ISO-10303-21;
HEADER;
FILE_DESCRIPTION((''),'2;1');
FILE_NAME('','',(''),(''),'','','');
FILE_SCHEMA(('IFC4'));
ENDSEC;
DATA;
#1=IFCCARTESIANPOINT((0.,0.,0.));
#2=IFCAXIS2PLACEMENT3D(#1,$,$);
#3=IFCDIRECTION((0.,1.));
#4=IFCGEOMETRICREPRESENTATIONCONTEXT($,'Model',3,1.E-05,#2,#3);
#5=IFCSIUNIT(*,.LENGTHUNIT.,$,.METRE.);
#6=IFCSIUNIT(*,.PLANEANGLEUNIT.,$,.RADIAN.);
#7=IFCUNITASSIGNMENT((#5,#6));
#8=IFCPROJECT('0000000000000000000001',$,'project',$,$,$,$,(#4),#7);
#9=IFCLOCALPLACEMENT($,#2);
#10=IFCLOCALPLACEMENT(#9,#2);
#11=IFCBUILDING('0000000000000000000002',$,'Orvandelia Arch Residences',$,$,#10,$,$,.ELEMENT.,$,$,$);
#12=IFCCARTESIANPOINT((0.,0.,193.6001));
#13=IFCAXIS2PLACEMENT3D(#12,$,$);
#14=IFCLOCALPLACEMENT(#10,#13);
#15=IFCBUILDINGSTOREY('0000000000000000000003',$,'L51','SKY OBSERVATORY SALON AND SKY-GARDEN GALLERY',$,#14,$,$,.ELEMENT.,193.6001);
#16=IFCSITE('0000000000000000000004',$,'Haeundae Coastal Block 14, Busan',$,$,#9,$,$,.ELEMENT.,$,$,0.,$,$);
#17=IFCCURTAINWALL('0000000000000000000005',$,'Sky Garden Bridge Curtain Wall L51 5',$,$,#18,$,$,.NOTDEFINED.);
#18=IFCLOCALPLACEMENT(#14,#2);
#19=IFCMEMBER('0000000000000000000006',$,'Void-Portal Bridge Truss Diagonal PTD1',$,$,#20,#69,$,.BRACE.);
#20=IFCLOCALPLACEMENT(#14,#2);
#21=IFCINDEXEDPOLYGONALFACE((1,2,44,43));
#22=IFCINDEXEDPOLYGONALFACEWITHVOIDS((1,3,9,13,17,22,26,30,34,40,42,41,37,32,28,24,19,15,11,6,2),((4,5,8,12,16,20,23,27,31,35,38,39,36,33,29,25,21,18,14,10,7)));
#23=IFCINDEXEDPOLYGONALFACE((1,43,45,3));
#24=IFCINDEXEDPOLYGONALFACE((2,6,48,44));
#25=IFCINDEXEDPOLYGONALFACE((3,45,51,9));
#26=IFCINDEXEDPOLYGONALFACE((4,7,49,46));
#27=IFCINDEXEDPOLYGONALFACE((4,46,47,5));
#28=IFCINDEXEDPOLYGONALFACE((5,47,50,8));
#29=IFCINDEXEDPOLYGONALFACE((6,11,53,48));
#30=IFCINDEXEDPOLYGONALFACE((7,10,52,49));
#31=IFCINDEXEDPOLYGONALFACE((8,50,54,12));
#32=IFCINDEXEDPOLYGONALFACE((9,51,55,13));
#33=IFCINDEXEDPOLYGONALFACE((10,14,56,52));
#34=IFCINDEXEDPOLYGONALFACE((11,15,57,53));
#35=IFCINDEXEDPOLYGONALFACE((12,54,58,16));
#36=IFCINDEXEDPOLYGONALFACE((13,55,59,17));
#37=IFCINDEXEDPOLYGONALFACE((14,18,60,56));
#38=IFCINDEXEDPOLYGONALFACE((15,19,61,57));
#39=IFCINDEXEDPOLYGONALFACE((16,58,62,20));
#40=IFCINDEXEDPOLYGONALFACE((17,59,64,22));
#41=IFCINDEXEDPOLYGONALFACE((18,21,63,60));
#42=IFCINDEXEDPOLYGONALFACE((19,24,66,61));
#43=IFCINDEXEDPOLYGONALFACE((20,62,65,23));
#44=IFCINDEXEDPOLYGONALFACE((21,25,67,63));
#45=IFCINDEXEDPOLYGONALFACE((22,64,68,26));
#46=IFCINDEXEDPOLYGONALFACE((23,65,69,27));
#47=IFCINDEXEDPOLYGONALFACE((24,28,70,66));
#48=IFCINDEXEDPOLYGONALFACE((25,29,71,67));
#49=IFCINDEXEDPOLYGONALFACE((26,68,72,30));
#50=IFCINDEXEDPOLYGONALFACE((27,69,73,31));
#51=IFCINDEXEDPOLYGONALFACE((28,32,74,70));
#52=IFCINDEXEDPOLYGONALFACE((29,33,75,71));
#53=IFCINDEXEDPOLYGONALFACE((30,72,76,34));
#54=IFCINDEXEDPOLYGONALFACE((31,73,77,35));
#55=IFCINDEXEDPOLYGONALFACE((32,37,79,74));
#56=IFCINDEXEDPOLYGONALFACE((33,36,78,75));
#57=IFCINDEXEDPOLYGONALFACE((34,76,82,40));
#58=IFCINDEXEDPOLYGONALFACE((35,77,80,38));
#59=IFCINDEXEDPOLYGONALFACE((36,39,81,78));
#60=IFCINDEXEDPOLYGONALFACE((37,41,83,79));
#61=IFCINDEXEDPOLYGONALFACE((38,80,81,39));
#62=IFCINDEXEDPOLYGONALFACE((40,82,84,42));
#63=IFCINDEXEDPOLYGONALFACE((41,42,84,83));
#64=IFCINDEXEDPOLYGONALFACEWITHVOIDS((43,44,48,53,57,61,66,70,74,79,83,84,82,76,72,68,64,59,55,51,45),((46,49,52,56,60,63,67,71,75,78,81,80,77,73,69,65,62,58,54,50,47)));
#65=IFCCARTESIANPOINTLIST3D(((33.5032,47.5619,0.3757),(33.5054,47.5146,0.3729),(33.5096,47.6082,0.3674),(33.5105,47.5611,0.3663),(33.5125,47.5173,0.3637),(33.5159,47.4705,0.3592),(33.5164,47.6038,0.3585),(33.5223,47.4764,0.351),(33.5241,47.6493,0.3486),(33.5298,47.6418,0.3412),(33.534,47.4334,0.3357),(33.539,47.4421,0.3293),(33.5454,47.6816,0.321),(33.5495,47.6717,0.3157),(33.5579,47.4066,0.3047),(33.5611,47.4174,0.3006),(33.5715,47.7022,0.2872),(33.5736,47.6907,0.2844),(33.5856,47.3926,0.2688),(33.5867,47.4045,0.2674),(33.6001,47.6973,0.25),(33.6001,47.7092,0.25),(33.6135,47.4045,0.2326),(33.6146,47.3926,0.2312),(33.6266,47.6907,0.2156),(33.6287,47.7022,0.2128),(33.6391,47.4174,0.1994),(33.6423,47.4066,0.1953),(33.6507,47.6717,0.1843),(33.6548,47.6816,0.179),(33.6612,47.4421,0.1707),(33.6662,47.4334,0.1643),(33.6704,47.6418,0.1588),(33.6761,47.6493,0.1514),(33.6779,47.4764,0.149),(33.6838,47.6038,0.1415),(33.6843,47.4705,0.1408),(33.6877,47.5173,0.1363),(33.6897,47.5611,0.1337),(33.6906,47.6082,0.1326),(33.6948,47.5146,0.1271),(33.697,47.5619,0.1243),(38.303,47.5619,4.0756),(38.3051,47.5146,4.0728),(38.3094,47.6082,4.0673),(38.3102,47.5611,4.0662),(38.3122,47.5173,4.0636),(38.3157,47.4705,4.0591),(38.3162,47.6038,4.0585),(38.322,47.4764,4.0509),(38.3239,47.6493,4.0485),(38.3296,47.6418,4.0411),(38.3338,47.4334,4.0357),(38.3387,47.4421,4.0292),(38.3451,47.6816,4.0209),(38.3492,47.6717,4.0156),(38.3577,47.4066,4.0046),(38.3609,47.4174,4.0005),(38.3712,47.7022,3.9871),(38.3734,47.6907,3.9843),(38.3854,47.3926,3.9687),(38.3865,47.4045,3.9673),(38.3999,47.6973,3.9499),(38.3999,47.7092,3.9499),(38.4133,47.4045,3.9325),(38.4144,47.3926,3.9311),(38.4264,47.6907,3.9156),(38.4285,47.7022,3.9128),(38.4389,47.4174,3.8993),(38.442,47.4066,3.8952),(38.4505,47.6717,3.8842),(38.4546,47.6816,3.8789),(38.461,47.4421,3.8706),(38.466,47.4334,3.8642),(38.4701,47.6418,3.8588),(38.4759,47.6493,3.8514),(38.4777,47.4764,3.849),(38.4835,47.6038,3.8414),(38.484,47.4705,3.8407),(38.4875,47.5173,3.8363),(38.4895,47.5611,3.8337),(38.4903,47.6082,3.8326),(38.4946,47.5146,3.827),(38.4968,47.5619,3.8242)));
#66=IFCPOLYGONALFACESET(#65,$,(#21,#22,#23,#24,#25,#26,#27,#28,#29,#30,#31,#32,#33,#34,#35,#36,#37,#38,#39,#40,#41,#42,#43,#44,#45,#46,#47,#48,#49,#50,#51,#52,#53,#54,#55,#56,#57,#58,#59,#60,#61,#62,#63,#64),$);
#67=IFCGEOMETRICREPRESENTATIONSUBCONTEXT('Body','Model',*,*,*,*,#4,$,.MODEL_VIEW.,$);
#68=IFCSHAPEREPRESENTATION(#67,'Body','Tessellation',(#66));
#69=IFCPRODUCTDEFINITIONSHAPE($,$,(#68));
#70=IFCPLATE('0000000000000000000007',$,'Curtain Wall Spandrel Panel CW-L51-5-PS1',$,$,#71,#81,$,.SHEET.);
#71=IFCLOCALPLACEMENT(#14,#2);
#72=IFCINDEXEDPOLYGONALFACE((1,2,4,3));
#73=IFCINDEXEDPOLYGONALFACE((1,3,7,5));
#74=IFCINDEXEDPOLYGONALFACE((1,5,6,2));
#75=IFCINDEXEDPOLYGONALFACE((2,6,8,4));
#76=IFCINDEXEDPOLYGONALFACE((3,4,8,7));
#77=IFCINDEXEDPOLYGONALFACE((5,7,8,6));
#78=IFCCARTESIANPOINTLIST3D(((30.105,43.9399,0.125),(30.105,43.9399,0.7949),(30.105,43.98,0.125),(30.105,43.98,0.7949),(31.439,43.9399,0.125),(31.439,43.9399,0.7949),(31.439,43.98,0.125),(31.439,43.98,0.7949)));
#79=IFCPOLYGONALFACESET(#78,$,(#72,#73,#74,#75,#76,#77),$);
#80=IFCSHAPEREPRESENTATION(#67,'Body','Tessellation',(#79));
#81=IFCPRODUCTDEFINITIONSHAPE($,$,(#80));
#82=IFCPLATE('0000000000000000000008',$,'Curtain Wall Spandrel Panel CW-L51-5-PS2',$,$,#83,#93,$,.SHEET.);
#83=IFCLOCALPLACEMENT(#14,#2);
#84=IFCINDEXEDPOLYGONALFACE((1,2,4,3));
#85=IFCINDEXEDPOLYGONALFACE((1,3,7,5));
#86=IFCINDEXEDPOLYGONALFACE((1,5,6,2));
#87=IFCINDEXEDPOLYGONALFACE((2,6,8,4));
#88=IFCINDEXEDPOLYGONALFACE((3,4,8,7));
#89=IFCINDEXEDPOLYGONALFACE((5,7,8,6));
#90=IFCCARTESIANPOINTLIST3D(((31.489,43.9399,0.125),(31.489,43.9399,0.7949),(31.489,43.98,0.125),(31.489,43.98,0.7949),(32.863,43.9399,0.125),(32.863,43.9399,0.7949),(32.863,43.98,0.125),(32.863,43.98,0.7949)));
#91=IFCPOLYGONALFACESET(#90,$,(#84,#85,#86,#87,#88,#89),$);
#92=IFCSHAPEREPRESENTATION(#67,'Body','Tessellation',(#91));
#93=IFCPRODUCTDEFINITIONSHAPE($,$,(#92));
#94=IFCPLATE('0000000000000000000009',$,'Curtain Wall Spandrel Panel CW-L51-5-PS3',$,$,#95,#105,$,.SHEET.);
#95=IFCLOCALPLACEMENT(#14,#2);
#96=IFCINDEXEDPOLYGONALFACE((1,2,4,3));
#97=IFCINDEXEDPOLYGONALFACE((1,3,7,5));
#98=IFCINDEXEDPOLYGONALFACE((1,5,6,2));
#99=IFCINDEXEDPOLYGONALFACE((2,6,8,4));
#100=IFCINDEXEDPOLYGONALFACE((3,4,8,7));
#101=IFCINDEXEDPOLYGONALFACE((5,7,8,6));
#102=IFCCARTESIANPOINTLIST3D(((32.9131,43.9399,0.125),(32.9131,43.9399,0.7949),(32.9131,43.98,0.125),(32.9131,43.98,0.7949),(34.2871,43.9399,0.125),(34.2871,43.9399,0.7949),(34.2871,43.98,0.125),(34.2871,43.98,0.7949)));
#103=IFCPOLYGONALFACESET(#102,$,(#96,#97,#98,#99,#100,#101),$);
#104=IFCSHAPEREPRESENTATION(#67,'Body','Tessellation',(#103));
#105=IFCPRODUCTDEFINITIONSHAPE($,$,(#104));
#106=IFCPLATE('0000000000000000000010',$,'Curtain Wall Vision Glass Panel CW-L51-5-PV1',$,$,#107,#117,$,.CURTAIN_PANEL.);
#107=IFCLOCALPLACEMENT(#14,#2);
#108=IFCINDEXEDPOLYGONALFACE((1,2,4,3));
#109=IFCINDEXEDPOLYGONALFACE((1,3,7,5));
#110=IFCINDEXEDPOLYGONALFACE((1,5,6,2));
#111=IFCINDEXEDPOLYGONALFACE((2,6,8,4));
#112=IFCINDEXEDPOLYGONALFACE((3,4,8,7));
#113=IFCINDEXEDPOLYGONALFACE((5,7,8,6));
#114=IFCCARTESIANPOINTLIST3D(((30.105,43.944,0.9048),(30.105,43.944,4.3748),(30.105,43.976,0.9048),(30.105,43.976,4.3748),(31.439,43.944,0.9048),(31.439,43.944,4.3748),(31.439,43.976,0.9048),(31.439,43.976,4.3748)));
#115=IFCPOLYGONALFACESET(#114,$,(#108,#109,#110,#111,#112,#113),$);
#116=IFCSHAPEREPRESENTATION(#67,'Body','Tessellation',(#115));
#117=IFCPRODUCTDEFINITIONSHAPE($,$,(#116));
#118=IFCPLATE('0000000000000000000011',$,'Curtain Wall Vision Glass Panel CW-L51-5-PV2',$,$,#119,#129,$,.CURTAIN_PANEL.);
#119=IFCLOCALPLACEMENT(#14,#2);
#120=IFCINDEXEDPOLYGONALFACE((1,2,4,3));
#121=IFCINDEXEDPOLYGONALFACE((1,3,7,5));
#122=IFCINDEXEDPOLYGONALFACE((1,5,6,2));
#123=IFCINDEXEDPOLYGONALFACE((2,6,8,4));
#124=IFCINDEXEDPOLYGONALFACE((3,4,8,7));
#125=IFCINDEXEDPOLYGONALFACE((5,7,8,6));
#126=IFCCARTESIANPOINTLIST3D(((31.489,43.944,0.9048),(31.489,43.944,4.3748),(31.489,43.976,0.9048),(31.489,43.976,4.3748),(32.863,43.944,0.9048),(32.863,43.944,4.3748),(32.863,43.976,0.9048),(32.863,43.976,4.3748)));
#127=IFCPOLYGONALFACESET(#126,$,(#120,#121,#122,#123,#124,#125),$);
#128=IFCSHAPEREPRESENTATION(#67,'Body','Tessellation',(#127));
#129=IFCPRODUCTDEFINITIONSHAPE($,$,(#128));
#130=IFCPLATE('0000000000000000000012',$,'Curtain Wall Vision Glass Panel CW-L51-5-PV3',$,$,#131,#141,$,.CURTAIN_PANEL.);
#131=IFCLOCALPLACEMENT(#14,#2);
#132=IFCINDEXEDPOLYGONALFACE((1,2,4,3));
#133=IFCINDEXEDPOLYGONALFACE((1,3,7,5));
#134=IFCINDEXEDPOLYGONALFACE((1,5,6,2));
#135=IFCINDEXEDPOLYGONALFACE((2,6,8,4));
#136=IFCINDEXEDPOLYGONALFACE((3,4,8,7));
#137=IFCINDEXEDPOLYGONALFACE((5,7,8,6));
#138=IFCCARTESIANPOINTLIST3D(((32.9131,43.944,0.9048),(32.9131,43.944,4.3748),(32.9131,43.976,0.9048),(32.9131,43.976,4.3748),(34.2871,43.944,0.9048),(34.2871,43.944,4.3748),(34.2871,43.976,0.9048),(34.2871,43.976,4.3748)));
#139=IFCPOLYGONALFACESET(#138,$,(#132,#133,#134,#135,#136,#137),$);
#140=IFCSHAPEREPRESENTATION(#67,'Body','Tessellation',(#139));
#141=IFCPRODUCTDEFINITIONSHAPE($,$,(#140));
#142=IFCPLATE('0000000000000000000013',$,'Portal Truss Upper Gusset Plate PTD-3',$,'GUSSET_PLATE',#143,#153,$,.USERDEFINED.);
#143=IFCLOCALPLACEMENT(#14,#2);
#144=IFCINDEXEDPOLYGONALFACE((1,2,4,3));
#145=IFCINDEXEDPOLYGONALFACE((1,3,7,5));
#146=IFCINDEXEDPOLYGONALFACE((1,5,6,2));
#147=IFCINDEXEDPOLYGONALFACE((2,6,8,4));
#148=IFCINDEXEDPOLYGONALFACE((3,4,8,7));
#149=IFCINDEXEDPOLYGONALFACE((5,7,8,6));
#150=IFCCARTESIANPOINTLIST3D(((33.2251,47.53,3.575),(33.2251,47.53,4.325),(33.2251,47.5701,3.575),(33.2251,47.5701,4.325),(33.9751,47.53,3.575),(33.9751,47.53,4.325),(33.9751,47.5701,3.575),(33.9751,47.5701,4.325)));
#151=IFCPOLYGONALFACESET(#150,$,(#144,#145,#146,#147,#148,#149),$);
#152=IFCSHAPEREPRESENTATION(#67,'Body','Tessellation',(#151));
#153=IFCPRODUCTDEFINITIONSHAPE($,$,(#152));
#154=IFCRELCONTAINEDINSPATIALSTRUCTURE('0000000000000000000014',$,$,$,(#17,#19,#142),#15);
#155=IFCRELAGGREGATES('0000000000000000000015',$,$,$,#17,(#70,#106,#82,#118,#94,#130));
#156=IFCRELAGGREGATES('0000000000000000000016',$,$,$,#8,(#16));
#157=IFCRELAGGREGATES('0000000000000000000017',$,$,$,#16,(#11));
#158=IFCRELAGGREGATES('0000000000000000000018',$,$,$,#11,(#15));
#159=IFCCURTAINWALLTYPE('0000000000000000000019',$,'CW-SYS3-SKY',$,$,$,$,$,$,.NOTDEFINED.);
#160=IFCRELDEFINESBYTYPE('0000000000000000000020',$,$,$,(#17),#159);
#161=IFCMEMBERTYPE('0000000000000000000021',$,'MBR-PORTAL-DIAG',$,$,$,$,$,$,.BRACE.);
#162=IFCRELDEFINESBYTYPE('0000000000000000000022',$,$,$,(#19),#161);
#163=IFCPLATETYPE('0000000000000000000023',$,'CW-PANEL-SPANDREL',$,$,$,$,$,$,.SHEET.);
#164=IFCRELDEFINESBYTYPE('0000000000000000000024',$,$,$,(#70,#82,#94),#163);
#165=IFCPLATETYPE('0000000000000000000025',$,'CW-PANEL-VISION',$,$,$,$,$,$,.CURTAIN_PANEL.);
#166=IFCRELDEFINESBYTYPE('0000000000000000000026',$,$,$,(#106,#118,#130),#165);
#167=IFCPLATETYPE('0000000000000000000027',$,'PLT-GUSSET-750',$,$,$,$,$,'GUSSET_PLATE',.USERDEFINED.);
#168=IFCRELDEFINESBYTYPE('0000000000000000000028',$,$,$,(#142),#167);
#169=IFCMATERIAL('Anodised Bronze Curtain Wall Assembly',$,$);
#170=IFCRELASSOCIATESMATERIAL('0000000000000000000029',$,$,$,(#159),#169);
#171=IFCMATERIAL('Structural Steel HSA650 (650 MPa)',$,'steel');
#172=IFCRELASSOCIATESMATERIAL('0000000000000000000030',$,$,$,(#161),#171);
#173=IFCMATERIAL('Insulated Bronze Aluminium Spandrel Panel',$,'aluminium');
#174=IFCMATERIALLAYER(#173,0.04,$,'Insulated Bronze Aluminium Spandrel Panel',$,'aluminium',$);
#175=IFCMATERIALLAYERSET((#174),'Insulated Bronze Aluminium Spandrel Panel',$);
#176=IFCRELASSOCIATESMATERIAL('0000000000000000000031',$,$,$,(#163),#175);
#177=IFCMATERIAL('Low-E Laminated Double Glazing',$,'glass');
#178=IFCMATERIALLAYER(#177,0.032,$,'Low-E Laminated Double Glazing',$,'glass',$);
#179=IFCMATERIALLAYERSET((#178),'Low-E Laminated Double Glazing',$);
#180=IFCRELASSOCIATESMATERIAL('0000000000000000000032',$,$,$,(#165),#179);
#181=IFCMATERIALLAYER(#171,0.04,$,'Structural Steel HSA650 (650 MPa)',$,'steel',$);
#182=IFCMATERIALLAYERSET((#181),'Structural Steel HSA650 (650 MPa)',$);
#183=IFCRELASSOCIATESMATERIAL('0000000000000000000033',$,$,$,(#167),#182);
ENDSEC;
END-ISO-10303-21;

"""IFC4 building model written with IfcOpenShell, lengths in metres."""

from ifc_helpers import new_model, si_unit, direction, frame, origin, origin_2d, place, context, subcontext, project, spatial, rectangle, hollow_circle, extrude, material, layer, layer_set, material_profile, profile_set, type_object, element, aggregate, save


model = new_model("IFC4")

# Units and contexts
model_context = context("Model", 3, precision=1e-05, world=origin(), true_north=direction((0.0, 1.0)))
body_context = subcontext(model_context, "Body", "Model", "MODEL_VIEW")
ifc_project = project(units=[si_unit("LENGTHUNIT", "METRE"), si_unit("PLANEANGLEUNIT", "RADIAN")], contexts=[model_context])

# Site, building, storey
site_placement = place(None, origin())
site = spatial("IfcSite", under=ifc_project, at=site_placement, Name="Haeundae Coastal Block 14, Busan", CompositionType="ELEMENT", RefElevation=0.0)
building_placement = place(site_placement, origin())
building = spatial("IfcBuilding", under=site, at=building_placement, Name="Orvandelia Arch Residences", CompositionType="ELEMENT")
storey_placement = place(building_placement, frame((0.0, 0.0, 193.6001)))
storey = spatial("IfcBuildingStorey", under=building, at=storey_placement, Name="L51", Description="SKY OBSERVATORY SALON AND SKY-GARDEN GALLERY", CompositionType="ELEMENT", Elevation=193.6001)

# Curtain wall
ifc_material_1 = material(Name="Anodised Bronze Curtain Wall Assembly")
curtain_wall_type = type_object("IfcCurtainWallType", Name="CW-SYS3-SKY", PredefinedType="NOTDEFINED", material=ifc_material_1)
curtain_wall_placement = place(storey_placement, origin())
curtain_wall = element("IfcCurtainWall", 1, at=curtain_wall_placement, inside=storey, type_object=curtain_wall_type, Name="Sky Garden Bridge Curtain Wall L51 5", PredefinedType="NOTDEFINED")

# Member
ifc_material_2 = material(Name="Structural Steel HSA650 (650 MPa)", Category="steel")
ifc_material_profile_1 = material_profile(ifc_material_2, hollow_circle(Radius=0.1592, WallThickness=0.012, at=origin_2d()), Name="Structural Steel HSA650 (650 MPa)", Category="steel")
ifc_profile_set_1 = profile_set([ifc_material_profile_1], Name="Structural Steel HSA650 (650 MPa)")
member_type_1 = type_object("IfcMemberType", Name="MBR-PORTAL-DIAG", PredefinedType="BRACE", material=ifc_profile_set_1)
member_1_placement = place(storey_placement, frame((33.6001, 47.55, 0.25), z_axis=(0.792002, 0.0, 0.610518), x_axis=(0.0, 1.0, 0.0)))
element("IfcMember", 2, at=member_1_placement, inside=storey, type_object=member_type_1, Name="Void-Portal Bridge Truss Diagonal PTD1", PredefinedType="BRACE", context=body_context, shape_type="SweptSolid", body=[
    extrude(hollow_circle(Radius=0.1592, WallThickness=0.012, at=origin_2d()), origin(), (0.0, 0.0, 1.0), 6.0603),
])

# Plates
ifc_material_3 = material(Name="Insulated Bronze Aluminium Spandrel Panel", Category="aluminium")
ifc_layer_1 = layer(ifc_material_3, 0.04, Name="Insulated Bronze Aluminium Spandrel Panel", Category="aluminium")
ifc_layer_set_1 = layer_set([ifc_layer_1], Name="Insulated Bronze Aluminium Spandrel Panel")
plate_type_1 = type_object("IfcPlateType", Name="CW-PANEL-SPANDREL", PredefinedType="SHEET", material=ifc_layer_set_1)
plate_1_placement = place(storey_placement, frame((30.772, 43.96, 0.125), z_axis=(0.0, 0.0, 1.0), x_axis=(1.0, 0.0, 0.0)))
plate_1 = element("IfcPlate", 3, at=plate_1_placement, type_object=plate_type_1, Name="Curtain Wall Spandrel Panel CW-L51-5-PS1", PredefinedType="SHEET", context=body_context, shape_type="SweptSolid", body=[
    extrude(rectangle(XDim=1.334, YDim=0.04, at=origin_2d()), origin(), (0.0, 0.0, 1.0), 0.6699),
])
plate_2_placement = place(storey_placement, frame((32.176, 43.96, 0.125), z_axis=(0.0, 0.0, 1.0), x_axis=(1.0, 0.0, 0.0)))
plate_2 = element("IfcPlate", 4, at=plate_2_placement, type_object=plate_type_1, Name="Curtain Wall Spandrel Panel CW-L51-5-PS2", PredefinedType="SHEET", context=body_context, shape_type="SweptSolid", body=[
    extrude(rectangle(XDim=1.374, YDim=0.04, at=origin_2d()), origin(), (0.0, 0.0, 1.0), 0.6699),
])
plate_3_placement = place(storey_placement, frame((33.6001, 43.96, 0.125), z_axis=(0.0, 0.0, 1.0), x_axis=(1.0, 0.0, 0.0)))
plate_3 = element("IfcPlate", 5, at=plate_3_placement, type_object=plate_type_1, Name="Curtain Wall Spandrel Panel CW-L51-5-PS3", PredefinedType="SHEET", context=body_context, shape_type="SweptSolid", body=[
    extrude(rectangle(XDim=1.374, YDim=0.04, at=origin_2d()), origin(), (0.0, 0.0, 1.0), 0.6699),
])
ifc_material_4 = material(Name="Low-E Laminated Double Glazing", Category="glass")
ifc_layer_2 = layer(ifc_material_4, 0.032, Name="Low-E Laminated Double Glazing", Category="glass")
ifc_layer_set_2 = layer_set([ifc_layer_2], Name="Low-E Laminated Double Glazing")
plate_type_2 = type_object("IfcPlateType", Name="CW-PANEL-VISION", PredefinedType="CURTAIN_PANEL", material=ifc_layer_set_2)
plate_4_placement = place(storey_placement, frame((30.772, 43.96, 0.9048), z_axis=(0.0, 0.0, 1.0), x_axis=(1.0, 0.0, 0.0)))
plate_4 = element("IfcPlate", 6, at=plate_4_placement, type_object=plate_type_2, Name="Curtain Wall Vision Glass Panel CW-L51-5-PV1", PredefinedType="CURTAIN_PANEL", context=body_context, shape_type="SweptSolid", body=[
    extrude(rectangle(XDim=1.334, YDim=0.032, at=origin_2d()), origin(), (0.0, 0.0, 1.0), 3.47),
])
plate_5_placement = place(storey_placement, frame((32.176, 43.96, 0.9048), z_axis=(0.0, 0.0, 1.0), x_axis=(1.0, 0.0, 0.0)))
plate_5 = element("IfcPlate", 7, at=plate_5_placement, type_object=plate_type_2, Name="Curtain Wall Vision Glass Panel CW-L51-5-PV2", PredefinedType="CURTAIN_PANEL", context=body_context, shape_type="SweptSolid", body=[
    extrude(rectangle(XDim=1.374, YDim=0.032, at=origin_2d()), origin(), (0.0, 0.0, 1.0), 3.47),
])
plate_6_placement = place(storey_placement, frame((33.6001, 43.96, 0.9048), z_axis=(0.0, 0.0, 1.0), x_axis=(1.0, 0.0, 0.0)))
plate_6 = element("IfcPlate", 8, at=plate_6_placement, type_object=plate_type_2, Name="Curtain Wall Vision Glass Panel CW-L51-5-PV3", PredefinedType="CURTAIN_PANEL", context=body_context, shape_type="SweptSolid", body=[
    extrude(rectangle(XDim=1.374, YDim=0.032, at=origin_2d()), origin(), (0.0, 0.0, 1.0), 3.47),
])
aggregate(curtain_wall, [plate_1, plate_4, plate_2, plate_5, plate_3, plate_6])
ifc_layer_3 = layer(ifc_material_2, 0.04, Name="Structural Steel HSA650 (650 MPa)", Category="steel")
ifc_layer_set_3 = layer_set([ifc_layer_3], Name="Structural Steel HSA650 (650 MPa)")
plate_type_3 = type_object("IfcPlateType", Name="PLT-GUSSET-750", ElementType="GUSSET_PLATE", PredefinedType="USERDEFINED", material=ifc_layer_set_3)
plate_7_placement = place(storey_placement, frame((33.6001, 47.55, 3.575), z_axis=(0.0, 0.0, 1.0), x_axis=(1.0, 0.0, 0.0)))
element("IfcPlate", 9, at=plate_7_placement, inside=storey, type_object=plate_type_3, Name="Portal Truss Upper Gusset Plate PTD-3", ObjectType="GUSSET_PLATE", PredefinedType="USERDEFINED", context=body_context, shape_type="SweptSolid", body=[
    extrude(rectangle(XDim=0.75, YDim=0.04, at=origin_2d()), origin(), (0.0, 0.0, 1.0), 0.75),
])

save(model, "model.ifc")
